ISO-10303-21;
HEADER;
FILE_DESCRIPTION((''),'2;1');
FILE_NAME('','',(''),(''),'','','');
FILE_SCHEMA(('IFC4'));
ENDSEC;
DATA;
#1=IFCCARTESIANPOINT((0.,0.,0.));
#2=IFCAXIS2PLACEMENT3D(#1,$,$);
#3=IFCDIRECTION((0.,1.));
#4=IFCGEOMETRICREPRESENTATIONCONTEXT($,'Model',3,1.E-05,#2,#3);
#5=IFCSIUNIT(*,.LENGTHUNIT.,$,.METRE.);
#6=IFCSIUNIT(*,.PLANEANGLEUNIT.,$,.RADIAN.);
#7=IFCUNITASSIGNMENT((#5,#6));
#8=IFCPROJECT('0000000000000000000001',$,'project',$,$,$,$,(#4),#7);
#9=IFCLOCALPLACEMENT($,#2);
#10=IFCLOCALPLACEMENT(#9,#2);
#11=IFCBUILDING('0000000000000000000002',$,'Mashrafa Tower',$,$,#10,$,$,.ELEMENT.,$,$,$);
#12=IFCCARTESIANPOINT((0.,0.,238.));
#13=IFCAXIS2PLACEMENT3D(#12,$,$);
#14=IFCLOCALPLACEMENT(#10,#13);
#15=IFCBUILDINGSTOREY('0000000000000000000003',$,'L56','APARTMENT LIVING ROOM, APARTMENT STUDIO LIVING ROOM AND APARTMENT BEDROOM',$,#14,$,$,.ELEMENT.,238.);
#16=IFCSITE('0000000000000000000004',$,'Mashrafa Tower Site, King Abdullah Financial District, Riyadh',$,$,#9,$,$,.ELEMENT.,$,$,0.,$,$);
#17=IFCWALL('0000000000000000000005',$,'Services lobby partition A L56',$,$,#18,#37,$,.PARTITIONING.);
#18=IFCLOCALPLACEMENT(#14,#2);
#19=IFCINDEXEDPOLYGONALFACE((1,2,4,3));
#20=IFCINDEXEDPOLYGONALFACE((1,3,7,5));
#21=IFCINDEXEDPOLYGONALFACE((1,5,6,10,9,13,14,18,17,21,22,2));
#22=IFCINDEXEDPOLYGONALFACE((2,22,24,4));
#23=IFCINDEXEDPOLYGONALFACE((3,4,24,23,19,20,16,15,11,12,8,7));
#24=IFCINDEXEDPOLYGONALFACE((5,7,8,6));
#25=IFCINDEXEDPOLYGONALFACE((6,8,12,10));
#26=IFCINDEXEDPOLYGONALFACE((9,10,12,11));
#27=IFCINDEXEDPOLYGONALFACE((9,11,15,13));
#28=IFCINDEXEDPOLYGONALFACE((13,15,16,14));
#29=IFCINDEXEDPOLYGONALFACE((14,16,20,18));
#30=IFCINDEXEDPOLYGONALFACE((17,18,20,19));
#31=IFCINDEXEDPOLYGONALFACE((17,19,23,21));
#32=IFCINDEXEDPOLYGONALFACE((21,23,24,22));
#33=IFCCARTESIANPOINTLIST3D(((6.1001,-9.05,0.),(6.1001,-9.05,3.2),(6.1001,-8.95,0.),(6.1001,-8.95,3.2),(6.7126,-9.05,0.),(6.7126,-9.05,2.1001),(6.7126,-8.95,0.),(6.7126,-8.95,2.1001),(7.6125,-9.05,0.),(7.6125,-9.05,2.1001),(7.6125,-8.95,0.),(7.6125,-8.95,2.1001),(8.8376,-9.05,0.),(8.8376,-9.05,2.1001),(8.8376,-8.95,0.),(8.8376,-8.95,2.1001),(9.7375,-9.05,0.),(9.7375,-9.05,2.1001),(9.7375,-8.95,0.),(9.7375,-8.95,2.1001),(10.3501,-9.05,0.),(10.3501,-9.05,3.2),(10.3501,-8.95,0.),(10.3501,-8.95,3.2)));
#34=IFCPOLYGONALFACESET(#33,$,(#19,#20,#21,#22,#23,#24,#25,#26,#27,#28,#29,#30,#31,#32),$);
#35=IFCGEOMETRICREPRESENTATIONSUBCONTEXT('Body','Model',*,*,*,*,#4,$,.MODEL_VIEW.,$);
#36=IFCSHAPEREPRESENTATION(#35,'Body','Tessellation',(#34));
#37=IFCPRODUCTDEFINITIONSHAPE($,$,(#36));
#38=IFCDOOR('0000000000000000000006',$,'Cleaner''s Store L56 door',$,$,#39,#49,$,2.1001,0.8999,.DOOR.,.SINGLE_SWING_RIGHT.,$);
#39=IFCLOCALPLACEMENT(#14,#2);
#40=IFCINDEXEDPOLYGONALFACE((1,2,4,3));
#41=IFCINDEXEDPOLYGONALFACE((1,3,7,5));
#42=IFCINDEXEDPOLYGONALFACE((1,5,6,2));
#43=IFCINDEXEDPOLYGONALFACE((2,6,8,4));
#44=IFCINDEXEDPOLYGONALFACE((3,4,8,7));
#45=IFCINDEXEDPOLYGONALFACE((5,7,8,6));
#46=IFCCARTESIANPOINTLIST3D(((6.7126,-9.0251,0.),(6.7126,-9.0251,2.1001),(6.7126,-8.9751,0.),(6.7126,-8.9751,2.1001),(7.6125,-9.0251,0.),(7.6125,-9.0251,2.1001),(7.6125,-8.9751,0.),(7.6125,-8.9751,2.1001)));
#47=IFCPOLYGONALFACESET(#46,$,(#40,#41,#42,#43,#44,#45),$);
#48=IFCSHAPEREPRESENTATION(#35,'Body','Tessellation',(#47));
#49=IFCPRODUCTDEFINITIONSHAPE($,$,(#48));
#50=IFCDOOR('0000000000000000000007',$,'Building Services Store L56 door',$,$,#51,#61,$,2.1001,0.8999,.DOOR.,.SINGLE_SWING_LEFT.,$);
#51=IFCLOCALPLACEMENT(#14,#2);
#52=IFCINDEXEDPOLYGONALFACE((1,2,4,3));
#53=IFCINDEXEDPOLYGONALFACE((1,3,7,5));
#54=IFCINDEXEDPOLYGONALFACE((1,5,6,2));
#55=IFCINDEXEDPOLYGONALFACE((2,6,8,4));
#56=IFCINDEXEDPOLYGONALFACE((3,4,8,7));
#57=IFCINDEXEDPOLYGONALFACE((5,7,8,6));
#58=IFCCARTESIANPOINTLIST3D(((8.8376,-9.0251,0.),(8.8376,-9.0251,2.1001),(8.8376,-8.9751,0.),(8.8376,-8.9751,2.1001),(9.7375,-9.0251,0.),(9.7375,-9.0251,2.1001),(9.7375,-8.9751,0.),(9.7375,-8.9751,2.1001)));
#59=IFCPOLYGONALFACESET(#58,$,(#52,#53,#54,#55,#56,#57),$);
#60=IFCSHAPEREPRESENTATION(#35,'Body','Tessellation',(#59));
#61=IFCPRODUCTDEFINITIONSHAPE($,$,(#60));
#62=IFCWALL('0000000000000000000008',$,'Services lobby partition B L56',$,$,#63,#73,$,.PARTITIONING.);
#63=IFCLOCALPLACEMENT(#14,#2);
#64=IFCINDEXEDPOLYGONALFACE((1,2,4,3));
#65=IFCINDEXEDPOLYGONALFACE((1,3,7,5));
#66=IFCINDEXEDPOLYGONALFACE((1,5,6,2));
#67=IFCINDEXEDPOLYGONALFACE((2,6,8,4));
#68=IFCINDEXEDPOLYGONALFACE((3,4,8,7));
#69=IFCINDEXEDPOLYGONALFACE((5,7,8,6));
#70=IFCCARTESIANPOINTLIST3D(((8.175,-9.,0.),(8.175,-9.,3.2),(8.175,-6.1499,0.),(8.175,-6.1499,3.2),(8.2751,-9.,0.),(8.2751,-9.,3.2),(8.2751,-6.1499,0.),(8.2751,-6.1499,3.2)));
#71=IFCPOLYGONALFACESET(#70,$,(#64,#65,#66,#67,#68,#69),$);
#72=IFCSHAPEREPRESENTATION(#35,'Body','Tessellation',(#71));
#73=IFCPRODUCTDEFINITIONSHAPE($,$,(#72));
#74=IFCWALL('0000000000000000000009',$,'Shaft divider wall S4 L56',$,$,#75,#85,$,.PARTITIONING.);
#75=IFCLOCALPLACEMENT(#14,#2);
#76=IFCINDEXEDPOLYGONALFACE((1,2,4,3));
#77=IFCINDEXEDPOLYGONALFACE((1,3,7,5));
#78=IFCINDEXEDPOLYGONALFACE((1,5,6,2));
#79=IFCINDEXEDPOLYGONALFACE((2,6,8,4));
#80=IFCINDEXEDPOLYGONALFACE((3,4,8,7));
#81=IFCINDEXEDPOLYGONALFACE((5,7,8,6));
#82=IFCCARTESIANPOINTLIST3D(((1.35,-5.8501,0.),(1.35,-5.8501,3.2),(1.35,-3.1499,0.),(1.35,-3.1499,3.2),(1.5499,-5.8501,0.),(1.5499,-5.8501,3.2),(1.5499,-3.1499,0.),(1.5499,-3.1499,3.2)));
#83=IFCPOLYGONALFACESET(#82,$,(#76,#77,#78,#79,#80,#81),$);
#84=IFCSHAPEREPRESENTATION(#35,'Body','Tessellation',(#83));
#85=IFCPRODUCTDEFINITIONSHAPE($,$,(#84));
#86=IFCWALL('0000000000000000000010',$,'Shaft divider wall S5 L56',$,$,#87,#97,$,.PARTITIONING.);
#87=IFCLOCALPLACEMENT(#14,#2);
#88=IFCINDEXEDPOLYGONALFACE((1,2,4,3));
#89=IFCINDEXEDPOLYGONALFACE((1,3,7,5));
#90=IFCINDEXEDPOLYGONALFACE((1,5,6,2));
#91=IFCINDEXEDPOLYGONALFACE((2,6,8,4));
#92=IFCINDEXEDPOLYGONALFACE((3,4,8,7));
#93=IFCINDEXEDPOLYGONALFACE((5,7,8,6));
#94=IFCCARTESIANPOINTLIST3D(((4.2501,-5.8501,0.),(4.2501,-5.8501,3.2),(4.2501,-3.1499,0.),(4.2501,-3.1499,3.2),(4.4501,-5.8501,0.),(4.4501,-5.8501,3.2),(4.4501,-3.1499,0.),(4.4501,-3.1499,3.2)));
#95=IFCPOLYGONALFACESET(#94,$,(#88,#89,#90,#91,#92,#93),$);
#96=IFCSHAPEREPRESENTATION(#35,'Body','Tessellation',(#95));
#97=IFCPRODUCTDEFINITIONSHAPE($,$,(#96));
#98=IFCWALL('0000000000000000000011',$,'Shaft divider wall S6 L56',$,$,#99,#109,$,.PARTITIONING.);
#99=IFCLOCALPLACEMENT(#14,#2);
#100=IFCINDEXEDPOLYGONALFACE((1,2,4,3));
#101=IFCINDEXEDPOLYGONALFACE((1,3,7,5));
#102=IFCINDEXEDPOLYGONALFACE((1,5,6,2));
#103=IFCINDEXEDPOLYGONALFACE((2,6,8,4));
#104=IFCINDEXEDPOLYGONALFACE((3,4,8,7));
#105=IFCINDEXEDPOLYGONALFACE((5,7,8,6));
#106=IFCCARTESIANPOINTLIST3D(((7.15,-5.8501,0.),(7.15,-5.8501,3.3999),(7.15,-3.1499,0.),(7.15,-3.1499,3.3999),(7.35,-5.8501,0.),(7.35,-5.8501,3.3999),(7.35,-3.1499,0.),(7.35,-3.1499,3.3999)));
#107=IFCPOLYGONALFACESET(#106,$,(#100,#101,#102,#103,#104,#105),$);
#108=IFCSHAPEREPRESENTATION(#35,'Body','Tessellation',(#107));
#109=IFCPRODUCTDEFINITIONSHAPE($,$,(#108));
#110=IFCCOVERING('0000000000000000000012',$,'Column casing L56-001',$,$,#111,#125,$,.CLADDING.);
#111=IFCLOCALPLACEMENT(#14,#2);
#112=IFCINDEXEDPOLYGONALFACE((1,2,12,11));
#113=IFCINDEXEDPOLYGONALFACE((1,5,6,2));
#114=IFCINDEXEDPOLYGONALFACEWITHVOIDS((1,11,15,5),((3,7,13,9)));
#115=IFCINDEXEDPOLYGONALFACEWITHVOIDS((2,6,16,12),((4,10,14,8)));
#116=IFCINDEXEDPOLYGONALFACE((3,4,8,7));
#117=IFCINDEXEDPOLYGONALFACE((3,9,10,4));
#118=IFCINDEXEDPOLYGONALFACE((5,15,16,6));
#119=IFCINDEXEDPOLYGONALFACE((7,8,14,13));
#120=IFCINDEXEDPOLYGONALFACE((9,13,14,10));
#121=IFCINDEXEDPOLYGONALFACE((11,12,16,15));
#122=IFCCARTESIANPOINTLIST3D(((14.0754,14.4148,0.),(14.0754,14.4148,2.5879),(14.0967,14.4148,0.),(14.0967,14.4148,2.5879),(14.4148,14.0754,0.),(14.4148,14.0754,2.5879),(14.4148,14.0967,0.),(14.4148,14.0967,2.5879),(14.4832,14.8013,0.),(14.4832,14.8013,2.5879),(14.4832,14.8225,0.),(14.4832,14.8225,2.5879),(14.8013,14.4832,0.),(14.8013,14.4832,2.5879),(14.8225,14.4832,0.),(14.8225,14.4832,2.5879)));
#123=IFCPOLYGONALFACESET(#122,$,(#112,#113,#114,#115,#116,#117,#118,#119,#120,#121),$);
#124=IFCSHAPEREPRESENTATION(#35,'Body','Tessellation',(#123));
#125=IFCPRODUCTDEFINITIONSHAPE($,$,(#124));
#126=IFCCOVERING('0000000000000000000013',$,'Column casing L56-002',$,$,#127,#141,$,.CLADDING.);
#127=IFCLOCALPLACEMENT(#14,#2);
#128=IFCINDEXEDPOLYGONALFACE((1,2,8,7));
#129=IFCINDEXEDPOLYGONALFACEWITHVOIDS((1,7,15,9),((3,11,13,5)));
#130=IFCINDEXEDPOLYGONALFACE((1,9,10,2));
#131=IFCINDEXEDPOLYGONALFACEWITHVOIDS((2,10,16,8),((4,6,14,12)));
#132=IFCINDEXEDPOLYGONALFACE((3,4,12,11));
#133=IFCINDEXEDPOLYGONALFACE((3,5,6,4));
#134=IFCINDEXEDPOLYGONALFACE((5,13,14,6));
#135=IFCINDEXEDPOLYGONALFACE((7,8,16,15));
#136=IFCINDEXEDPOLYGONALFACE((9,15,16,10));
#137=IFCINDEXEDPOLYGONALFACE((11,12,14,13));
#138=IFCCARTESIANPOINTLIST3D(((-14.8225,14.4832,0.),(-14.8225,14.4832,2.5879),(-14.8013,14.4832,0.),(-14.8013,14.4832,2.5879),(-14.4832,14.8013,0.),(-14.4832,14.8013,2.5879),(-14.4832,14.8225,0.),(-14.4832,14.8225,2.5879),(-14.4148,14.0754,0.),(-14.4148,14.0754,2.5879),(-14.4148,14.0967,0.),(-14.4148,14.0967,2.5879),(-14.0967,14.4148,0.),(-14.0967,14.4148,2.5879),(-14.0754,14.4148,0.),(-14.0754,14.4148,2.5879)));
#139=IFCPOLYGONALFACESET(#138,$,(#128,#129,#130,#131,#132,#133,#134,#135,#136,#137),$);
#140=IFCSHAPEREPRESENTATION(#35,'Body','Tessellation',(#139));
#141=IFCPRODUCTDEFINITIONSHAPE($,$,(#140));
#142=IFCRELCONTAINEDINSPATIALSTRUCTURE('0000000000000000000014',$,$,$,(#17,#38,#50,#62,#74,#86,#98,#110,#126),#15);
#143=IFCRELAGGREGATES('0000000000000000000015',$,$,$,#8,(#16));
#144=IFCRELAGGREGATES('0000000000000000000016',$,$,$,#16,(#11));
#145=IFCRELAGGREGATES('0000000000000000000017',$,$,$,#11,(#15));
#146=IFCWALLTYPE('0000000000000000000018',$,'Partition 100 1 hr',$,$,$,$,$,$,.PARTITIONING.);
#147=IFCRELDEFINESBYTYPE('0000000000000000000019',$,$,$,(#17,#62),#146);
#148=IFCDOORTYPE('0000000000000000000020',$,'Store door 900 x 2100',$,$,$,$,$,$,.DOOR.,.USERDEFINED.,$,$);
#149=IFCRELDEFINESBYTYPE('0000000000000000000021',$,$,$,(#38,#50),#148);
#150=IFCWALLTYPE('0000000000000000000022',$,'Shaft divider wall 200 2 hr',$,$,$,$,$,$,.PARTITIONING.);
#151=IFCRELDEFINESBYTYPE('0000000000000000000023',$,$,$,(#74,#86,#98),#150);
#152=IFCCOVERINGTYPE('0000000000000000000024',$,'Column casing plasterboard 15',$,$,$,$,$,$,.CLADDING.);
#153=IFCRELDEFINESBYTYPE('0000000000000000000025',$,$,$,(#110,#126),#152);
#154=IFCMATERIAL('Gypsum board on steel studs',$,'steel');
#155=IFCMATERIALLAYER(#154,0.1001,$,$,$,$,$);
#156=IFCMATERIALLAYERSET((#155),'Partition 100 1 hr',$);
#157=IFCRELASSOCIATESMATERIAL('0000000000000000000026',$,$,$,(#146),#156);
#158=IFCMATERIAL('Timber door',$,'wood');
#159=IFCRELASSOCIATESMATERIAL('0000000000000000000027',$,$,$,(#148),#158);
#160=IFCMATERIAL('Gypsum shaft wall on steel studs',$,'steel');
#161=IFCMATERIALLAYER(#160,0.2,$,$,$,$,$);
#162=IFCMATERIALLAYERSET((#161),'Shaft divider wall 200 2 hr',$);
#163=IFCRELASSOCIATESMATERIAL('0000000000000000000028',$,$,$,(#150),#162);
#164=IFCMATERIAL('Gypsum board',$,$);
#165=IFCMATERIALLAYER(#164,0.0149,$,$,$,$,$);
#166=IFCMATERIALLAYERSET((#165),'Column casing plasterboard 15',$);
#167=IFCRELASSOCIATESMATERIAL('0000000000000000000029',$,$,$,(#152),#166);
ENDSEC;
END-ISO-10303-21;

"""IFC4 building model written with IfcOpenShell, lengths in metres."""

from ifc_helpers import new_model, si_unit, direction, frame, frame_2d, origin, place, context, subcontext, project, spatial, polyline, rectangle, outline, extrude, material, layer, layer_set, type_object, element, fill, save


model = new_model("IFC4")

# Units and contexts
model_context = context("Model", 3, precision=1e-05, world=origin(), true_north=direction((0.0, 1.0)))
body_context = subcontext(model_context, "Body", "Model", "MODEL_VIEW")
ifc_project = project(units=[si_unit("LENGTHUNIT", "METRE"), si_unit("PLANEANGLEUNIT", "RADIAN")], contexts=[model_context])

# Site, building, storey
site_placement = place(None, origin())
site = spatial("IfcSite", under=ifc_project, at=site_placement, Name="Mashrafa Tower Site, King Abdullah Financial District, Riyadh", CompositionType="ELEMENT", RefElevation=0.0)
building_placement = place(site_placement, origin())
building = spatial("IfcBuilding", under=site, at=building_placement, Name="Mashrafa Tower", CompositionType="ELEMENT")
storey_placement = place(building_placement, frame((0.0, 0.0, 238.0)))
storey = spatial("IfcBuildingStorey", under=building, at=storey_placement, Name="L56", Description="APARTMENT LIVING ROOM, APARTMENT STUDIO LIVING ROOM AND APARTMENT BEDROOM", CompositionType="ELEMENT", Elevation=238.0)

# Wall, openings, doors
ifc_material_1 = material(Name="Gypsum board on steel studs", Category="steel")
ifc_layer_1 = layer(ifc_material_1, 0.1001)
ifc_layer_set_1 = layer_set([ifc_layer_1], Name="Partition 100 1 hr")
wall_type_1 = type_object("IfcWallType", Name="Partition 100 1 hr", PredefinedType="PARTITIONING", material=ifc_layer_set_1)
wall_1_placement = place(storey_placement, frame((6.1001, -9.0, 0.0), z_axis=(0.0, 0.0, 1.0), x_axis=(1.0, 0.0, 0.0)))
wall_1 = element("IfcWall", 1, at=wall_1_placement, inside=storey, type_object=wall_type_1, Name="Services lobby partition A L56", PredefinedType="PARTITIONING", context=body_context, shape_type="SweptSolid", body=[
    extrude(rectangle(XDim=4.25, YDim=0.1001, at=frame_2d((2.125, 0.0))), origin(), (0.0, 0.0, 1.0), 3.2),
])
opening_1_placement = place(wall_1_placement, frame((0.6125, 0.0, 0.0)))
opening_1 = element("IfcOpeningElement", 2, at=opening_1_placement, cuts=wall_1, PredefinedType="OPENING", context=body_context, shape_type="SweptSolid", body=[
    extrude(rectangle(XDim=0.8999, YDim=2.1001, at=frame_2d((0.45, 1.05))), frame((0.0, 0.0601, 0.0), z_axis=(0.0, -1.0, 0.0), x_axis=(1.0, 0.0, 0.0)), (0.0, 0.0, 1.0), 0.1201),
])
opening_2_placement = place(wall_1_placement, frame((2.7375, 0.0, 0.0)))
opening_2 = element("IfcOpeningElement", 3, at=opening_2_placement, cuts=wall_1, PredefinedType="OPENING", context=body_context, shape_type="SweptSolid", body=[
    extrude(rectangle(XDim=0.8999, YDim=2.1001, at=frame_2d((0.45, 1.05))), frame((0.0, 0.0601, 0.0), z_axis=(0.0, -1.0, 0.0), x_axis=(1.0, 0.0, 0.0)), (0.0, 0.0, 1.0), 0.1201),
])
ifc_material_2 = material(Name="Timber door", Category="wood")
door_type = type_object("IfcDoorType", Name="Store door 900 x 2100", OperationType="USERDEFINED", PredefinedType="DOOR", material=ifc_material_2)
door_1_placement = place(opening_1_placement, origin())
door_1 = element("IfcDoor", 4, at=door_1_placement, inside=storey, type_object=door_type, Name="Cleaner's Store L56 door", OperationType="SINGLE_SWING_RIGHT", OverallHeight=2.1001, OverallWidth=0.8999, PredefinedType="DOOR", context=body_context, shape_type="SweptSolid", body=[
    extrude(rectangle(XDim=0.8999, YDim=2.1001, at=frame_2d((0.45, 1.05))), frame((0.0, 0.0249, 0.0), z_axis=(0.0, -1.0, 0.0), x_axis=(1.0, 0.0, 0.0)), (0.0, 0.0, 1.0), 0.05),
])
fill(opening_1, door_1)
door_2_placement = place(opening_2_placement, origin())
door_2 = element("IfcDoor", 5, at=door_2_placement, inside=storey, type_object=door_type, Name="Building Services Store L56 door", OperationType="SINGLE_SWING_LEFT", OverallHeight=2.1001, OverallWidth=0.8999, PredefinedType="DOOR", context=body_context, shape_type="SweptSolid", body=[
    extrude(rectangle(XDim=0.8999, YDim=2.1001, at=frame_2d((0.45, 1.05))), frame((0.0, 0.0249, 0.0), z_axis=(0.0, -1.0, 0.0), x_axis=(1.0, 0.0, 0.0)), (0.0, 0.0, 1.0), 0.05),
])
fill(opening_2, door_2)

# Walls
wall_2_placement = place(storey_placement, frame((8.2251, -9.0, 0.0), z_axis=(0.0, 0.0, 1.0), x_axis=(0.0, 1.0, 0.0)))
element("IfcWall", 6, at=wall_2_placement, inside=storey, type_object=wall_type_1, Name="Services lobby partition B L56", PredefinedType="PARTITIONING", context=body_context, shape_type="SweptSolid", body=[
    extrude(rectangle(XDim=2.8501, YDim=0.1001, at=frame_2d((1.425, 0.0))), origin(), (0.0, 0.0, 1.0), 3.2),
])
ifc_material_3 = material(Name="Gypsum shaft wall on steel studs", Category="steel")
ifc_layer_2 = layer(ifc_material_3, 0.2)
ifc_layer_set_2 = layer_set([ifc_layer_2], Name="Shaft divider wall 200 2 hr")
wall_type_2 = type_object("IfcWallType", Name="Shaft divider wall 200 2 hr", PredefinedType="PARTITIONING", material=ifc_layer_set_2)
for number, where, z_axis, x_axis, name in (
    (7, (1.45, -5.8501, 0.0), (0.0, 0.0, 1.0), (0.0, 1.0, 0.0), "Shaft divider wall S4 L56"),
    (8, (4.3501, -5.8501, 0.0), (0.0, 0.0, 1.0), (0.0, 1.0, 0.0), "Shaft divider wall S5 L56"),
):
    element("IfcWall", number, at=place(storey_placement, frame(where, z_axis=z_axis, x_axis=x_axis)), inside=storey, type_object=wall_type_2, Name=name, PredefinedType="PARTITIONING", context=body_context, shape_type="SweptSolid", body=[
        extrude(rectangle(XDim=2.7002, YDim=0.2, at=frame_2d((1.3501, 0.0))), origin(), (0.0, 0.0, 1.0), 3.2),
    ])
wall_3_placement = place(storey_placement, frame((7.25, -5.8501, 0.0), z_axis=(0.0, 0.0, 1.0), x_axis=(0.0, 1.0, 0.0)))
element("IfcWall", 9, at=wall_3_placement, inside=storey, type_object=wall_type_2, Name="Shaft divider wall S6 L56", PredefinedType="PARTITIONING", context=body_context, shape_type="SweptSolid", body=[
    extrude(rectangle(XDim=2.7002, YDim=0.2, at=frame_2d((1.3501, 0.0))), origin(), (0.0, 0.0, 1.0), 3.3999),
])

# Coverings
ifc_material_4 = material(Name="Gypsum board")
ifc_layer_3 = layer(ifc_material_4, 0.0149)
ifc_layer_set_3 = layer_set([ifc_layer_3], Name="Column casing plasterboard 15")
covering_type = type_object("IfcCoveringType", Name="Column casing plasterboard 15", PredefinedType="CLADDING", material=ifc_layer_set_3)
covering_1_placement = place(storey_placement, origin())
element("IfcCovering", 10, at=covering_1_placement, inside=storey, type_object=covering_type, Name="Column casing L56-001", PredefinedType="CLADDING", context=body_context, shape_type="SweptSolid", body=[
    extrude(outline(polyline([(14.0754, 14.4148), (14.4832, 14.8225), (14.8225, 14.4832), (14.4148, 14.0754), (14.0754, 14.4148)]), holes=[polyline([(14.8013, 14.4832), (14.4832, 14.8013), (14.0967, 14.4148), (14.4148, 14.0967), (14.8013, 14.4832)])]), origin(), (0.0, 0.0, 1.0), 2.5879),
])
covering_2_placement = place(storey_placement, origin())
element("IfcCovering", 11, at=covering_2_placement, inside=storey, type_object=covering_type, Name="Column casing L56-002", PredefinedType="CLADDING", context=body_context, shape_type="SweptSolid", body=[
    extrude(outline(polyline([(-14.8225, 14.4832), (-14.4832, 14.8225), (-14.0754, 14.4148), (-14.4148, 14.0754), (-14.8225, 14.4832)]), holes=[polyline([(-14.0967, 14.4148), (-14.4832, 14.8013), (-14.8013, 14.4832), (-14.4148, 14.0967), (-14.0967, 14.4148)])]), origin(), (0.0, 0.0, 1.0), 2.5879),
])

save(model, "model.ifc")
